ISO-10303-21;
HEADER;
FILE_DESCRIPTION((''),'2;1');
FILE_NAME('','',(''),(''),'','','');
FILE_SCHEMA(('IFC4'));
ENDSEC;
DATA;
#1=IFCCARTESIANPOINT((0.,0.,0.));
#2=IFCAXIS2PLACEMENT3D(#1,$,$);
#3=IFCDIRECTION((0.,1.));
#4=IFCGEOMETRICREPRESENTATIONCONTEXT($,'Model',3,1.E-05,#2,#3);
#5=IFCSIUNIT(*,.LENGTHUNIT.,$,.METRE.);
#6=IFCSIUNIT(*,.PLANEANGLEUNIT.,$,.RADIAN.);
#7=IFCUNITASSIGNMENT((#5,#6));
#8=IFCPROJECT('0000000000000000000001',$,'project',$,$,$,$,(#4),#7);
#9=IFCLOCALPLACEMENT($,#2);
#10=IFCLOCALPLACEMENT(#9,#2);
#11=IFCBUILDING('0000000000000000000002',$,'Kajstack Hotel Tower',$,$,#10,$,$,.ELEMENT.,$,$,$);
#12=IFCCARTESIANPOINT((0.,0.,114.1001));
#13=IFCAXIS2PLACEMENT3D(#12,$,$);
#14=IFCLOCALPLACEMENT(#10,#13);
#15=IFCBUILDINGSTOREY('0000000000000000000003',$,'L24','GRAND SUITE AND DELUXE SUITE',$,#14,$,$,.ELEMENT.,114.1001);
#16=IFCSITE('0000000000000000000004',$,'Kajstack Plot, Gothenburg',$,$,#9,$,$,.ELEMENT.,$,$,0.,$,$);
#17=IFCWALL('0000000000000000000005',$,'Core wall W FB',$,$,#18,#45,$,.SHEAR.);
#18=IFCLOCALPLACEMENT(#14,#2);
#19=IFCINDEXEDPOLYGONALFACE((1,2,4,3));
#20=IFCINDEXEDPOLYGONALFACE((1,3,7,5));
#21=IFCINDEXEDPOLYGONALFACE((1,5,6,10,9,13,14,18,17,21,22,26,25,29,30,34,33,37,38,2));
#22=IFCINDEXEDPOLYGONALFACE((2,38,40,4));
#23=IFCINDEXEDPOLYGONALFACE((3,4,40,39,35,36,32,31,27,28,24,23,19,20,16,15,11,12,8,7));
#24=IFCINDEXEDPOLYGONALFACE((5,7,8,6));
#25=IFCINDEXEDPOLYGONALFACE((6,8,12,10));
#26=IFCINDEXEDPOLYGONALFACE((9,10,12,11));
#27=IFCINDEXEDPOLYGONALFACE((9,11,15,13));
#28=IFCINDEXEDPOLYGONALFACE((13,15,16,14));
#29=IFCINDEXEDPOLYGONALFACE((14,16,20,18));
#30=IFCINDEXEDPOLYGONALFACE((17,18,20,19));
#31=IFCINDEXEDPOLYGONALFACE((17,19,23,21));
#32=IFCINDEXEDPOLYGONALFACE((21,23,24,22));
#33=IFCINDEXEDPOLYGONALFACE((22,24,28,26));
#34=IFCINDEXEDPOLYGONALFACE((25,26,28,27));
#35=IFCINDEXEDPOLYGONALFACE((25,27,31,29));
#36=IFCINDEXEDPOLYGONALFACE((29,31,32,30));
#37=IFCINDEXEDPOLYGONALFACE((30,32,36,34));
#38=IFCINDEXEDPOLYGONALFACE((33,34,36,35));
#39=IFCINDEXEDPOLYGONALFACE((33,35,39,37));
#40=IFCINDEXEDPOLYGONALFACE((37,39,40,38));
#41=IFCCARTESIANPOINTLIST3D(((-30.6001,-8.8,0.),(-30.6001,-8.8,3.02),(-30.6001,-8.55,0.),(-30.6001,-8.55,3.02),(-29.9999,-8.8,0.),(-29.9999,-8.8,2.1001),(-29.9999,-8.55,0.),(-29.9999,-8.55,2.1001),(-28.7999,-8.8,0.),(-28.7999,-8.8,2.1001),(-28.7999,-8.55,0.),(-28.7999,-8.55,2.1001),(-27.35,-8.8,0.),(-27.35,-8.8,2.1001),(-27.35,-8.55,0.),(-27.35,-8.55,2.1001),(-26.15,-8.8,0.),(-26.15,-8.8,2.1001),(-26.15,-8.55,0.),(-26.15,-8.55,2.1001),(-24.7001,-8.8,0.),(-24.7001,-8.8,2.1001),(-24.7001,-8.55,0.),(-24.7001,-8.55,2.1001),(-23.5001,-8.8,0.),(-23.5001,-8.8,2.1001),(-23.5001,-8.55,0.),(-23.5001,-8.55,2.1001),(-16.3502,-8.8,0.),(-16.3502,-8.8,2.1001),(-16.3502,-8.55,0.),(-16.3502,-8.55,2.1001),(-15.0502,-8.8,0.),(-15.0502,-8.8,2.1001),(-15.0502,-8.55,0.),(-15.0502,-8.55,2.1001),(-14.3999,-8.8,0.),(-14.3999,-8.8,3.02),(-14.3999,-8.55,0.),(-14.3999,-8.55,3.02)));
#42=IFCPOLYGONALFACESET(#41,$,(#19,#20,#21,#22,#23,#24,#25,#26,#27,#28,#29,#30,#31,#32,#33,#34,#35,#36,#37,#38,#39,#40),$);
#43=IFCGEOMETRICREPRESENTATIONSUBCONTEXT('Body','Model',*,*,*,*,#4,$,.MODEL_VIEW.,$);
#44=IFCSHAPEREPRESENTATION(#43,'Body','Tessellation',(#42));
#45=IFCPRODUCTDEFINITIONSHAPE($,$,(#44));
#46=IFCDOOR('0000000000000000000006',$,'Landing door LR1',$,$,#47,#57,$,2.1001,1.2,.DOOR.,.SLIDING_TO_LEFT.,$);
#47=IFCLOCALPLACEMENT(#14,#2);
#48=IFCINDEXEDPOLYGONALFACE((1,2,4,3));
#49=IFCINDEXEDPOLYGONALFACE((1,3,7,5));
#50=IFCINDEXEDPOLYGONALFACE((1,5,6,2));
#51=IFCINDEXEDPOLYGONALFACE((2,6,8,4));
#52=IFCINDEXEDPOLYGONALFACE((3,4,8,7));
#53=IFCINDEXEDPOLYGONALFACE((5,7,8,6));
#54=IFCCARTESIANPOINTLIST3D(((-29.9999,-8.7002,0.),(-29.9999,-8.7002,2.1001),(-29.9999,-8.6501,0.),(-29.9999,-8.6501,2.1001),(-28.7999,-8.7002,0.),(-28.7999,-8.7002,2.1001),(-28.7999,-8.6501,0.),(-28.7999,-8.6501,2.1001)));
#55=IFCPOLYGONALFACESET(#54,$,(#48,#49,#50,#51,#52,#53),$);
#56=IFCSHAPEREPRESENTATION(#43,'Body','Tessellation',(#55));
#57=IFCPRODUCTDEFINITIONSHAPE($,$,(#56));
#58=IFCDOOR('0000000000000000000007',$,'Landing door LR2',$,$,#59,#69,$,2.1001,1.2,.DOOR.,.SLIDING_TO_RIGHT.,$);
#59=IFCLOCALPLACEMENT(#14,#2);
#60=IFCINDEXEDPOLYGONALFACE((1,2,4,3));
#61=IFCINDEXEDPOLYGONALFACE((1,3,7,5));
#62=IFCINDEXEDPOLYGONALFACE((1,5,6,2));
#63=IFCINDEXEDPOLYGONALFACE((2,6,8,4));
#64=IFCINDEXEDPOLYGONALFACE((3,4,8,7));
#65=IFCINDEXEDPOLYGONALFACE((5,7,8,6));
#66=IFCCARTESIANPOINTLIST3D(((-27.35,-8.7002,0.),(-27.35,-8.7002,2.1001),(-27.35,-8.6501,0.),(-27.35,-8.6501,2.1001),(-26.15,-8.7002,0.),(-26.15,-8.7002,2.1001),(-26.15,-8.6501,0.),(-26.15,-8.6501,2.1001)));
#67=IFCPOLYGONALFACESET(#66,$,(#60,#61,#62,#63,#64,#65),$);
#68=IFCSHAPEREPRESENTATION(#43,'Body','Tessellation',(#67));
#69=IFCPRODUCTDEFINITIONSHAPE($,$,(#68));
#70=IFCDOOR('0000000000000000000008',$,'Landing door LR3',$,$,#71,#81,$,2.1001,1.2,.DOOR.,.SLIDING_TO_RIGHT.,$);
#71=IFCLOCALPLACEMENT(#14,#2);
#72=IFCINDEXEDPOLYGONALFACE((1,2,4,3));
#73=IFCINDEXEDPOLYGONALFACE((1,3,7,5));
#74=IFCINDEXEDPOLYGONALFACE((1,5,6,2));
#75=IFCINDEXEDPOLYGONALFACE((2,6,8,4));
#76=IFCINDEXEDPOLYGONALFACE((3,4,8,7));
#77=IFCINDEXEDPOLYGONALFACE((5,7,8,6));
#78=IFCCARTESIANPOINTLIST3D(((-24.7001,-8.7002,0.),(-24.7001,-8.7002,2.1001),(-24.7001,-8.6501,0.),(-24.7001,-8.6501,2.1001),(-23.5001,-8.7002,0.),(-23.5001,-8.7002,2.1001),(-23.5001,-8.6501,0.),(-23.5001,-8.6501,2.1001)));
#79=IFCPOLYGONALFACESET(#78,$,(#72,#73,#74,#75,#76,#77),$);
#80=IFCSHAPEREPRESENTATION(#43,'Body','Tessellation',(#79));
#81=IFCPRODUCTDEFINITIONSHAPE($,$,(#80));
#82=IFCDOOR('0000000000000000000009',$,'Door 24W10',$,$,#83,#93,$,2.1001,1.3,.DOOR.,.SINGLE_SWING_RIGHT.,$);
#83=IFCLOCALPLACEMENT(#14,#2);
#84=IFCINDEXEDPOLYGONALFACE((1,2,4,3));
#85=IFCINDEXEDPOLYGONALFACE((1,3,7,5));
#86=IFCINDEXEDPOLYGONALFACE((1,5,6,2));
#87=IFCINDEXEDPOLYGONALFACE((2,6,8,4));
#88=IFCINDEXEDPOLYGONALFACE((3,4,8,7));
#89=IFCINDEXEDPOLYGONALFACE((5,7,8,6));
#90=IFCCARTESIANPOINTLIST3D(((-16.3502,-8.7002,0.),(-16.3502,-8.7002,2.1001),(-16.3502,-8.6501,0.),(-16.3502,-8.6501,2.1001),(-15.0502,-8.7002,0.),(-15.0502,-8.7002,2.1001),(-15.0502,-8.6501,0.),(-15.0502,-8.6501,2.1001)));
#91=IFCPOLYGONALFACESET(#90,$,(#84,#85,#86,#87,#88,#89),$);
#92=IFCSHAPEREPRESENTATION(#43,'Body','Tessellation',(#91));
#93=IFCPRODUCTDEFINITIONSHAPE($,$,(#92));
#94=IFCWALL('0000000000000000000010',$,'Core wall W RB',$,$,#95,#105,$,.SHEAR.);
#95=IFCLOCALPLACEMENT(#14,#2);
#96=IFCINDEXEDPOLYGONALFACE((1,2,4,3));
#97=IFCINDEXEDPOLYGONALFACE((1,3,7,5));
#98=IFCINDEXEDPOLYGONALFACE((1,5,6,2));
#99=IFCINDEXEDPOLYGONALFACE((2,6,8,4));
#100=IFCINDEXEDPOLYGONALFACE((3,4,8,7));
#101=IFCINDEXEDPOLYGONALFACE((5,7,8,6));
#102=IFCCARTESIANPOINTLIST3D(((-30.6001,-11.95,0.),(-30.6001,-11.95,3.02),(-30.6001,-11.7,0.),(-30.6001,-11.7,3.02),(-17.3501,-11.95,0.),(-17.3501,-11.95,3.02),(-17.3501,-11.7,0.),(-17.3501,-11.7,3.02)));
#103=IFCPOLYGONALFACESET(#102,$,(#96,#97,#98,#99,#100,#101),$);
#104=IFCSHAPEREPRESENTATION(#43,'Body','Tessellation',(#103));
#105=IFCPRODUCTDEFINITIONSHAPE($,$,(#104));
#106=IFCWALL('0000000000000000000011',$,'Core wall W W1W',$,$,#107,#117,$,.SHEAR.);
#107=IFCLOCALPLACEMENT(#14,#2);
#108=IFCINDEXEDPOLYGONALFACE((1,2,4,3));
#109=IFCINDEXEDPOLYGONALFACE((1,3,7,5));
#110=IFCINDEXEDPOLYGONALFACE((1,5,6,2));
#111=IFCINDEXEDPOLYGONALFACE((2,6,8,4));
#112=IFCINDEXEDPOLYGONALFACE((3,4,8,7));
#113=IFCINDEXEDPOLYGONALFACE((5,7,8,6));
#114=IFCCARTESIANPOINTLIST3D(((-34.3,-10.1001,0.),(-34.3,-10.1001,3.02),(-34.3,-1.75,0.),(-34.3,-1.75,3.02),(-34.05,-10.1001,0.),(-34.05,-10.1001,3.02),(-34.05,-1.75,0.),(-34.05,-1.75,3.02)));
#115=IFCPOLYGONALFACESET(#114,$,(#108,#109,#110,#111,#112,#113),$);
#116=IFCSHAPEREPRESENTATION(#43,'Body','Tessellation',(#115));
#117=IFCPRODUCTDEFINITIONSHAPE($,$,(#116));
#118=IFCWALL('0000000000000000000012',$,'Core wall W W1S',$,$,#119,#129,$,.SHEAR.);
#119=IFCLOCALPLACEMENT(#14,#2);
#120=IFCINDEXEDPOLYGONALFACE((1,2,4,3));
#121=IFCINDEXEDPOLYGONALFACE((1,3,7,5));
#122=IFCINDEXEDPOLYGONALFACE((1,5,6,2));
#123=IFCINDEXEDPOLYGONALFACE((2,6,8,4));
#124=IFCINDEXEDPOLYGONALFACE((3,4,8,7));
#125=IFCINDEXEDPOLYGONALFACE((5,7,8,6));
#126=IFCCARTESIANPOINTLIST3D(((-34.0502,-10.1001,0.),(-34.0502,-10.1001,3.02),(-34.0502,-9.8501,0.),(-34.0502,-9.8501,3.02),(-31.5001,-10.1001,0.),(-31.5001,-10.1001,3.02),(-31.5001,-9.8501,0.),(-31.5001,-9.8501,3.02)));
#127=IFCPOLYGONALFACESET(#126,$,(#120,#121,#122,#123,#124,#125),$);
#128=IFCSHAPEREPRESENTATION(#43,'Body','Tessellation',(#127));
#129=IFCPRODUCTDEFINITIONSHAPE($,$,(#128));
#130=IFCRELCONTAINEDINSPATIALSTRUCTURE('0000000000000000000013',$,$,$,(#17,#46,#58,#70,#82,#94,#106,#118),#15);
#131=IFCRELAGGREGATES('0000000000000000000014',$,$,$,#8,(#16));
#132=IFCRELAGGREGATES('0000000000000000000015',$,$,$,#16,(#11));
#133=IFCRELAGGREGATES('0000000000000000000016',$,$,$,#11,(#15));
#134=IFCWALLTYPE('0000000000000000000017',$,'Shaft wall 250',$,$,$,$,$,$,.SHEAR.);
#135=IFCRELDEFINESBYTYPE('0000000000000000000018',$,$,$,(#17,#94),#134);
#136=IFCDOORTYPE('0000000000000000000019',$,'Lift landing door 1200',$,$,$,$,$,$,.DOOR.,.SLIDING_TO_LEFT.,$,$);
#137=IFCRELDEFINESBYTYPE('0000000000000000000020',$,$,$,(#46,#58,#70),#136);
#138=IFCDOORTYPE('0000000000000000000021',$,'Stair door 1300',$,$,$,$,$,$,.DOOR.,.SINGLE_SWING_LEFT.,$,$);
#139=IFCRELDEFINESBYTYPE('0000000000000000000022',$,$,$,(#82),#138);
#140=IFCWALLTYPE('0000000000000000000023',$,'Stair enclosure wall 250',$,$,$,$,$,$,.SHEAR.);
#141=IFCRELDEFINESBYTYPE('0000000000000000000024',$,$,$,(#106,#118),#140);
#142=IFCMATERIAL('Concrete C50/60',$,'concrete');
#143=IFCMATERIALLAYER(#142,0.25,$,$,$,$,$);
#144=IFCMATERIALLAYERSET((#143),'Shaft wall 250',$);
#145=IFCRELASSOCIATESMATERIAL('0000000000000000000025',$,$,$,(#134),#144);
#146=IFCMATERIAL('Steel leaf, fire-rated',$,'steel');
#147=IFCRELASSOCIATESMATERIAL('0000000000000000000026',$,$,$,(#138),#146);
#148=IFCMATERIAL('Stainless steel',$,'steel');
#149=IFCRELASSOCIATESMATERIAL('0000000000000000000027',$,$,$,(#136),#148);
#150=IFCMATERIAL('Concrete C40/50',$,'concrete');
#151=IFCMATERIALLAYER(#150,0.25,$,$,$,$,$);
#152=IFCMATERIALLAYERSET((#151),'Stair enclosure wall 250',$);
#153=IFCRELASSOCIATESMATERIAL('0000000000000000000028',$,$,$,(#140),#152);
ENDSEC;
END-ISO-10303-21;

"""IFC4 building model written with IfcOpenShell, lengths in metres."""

from ifc_helpers import new_model, si_unit, direction, frame, frame_2d, origin, place, context, subcontext, project, spatial, rectangle, extrude, material, layer, layer_set, type_object, element, fill, save


model = new_model("IFC4")

# Units and contexts
model_context = context("Model", 3, precision=1e-05, world=origin(), true_north=direction((0.0, 1.0)))
body_context = subcontext(model_context, "Body", "Model", "MODEL_VIEW")
ifc_project = project(units=[si_unit("LENGTHUNIT", "METRE"), si_unit("PLANEANGLEUNIT", "RADIAN")], contexts=[model_context])

# Site, building, storey
site_placement = place(None, origin())
site = spatial("IfcSite", under=ifc_project, at=site_placement, Name="Kajstack Plot, Gothenburg", CompositionType="ELEMENT", RefElevation=0.0)
building_placement = place(site_placement, origin())
building = spatial("IfcBuilding", under=site, at=building_placement, Name="Kajstack Hotel Tower", CompositionType="ELEMENT")
storey_placement = place(building_placement, frame((0.0, 0.0, 114.1001)))
storey = spatial("IfcBuildingStorey", under=building, at=storey_placement, Name="L24", Description="GRAND SUITE AND DELUXE SUITE", CompositionType="ELEMENT", Elevation=114.1001)

# Shared definitions
ifc_material_1 = material(Name="Stainless steel", Category="steel")

# Shared definitions
ifc_material_2 = material(Name="Concrete C40/50", Category="concrete")

# Wall, openings, doors
ifc_material_3 = material(Name="Concrete C50/60", Category="concrete")
ifc_layer_1 = layer(ifc_material_3, 0.25)
ifc_layer_set_1 = layer_set([ifc_layer_1], Name="Shaft wall 250")
wall_type_1 = type_object("IfcWallType", Name="Shaft wall 250", PredefinedType="SHEAR", material=ifc_layer_set_1)
ifc_material_4 = material(Name="Steel leaf, fire-rated", Category="steel")
door_type_1 = type_object("IfcDoorType", Name="Stair door 1300", OperationType="SINGLE_SWING_LEFT", PredefinedType="DOOR", material=ifc_material_4)
wall_1_placement = place(storey_placement, frame((-30.6001, -8.675, 0.0), z_axis=(0.0, 0.0, 1.0), x_axis=(1.0, 0.0, 0.0)))
wall_1 = element("IfcWall", 1, at=wall_1_placement, inside=storey, type_object=wall_type_1, Name="Core wall W FB", PredefinedType="SHEAR", context=body_context, shape_type="SweptSolid", body=[
    extrude(rectangle(XDim=16.2002, YDim=0.25, at=frame_2d((8.1001, 0.0))), origin(), (0.0, 0.0, 1.0), 3.02),
])
opening_1_placement = place(wall_1_placement, frame((0.6001, 0.0, 0.0)))
opening_1 = element("IfcOpeningElement", 2, at=opening_1_placement, cuts=wall_1, PredefinedType="OPENING", context=body_context, shape_type="SweptSolid", body=[
    extrude(rectangle(XDim=1.2, YDim=2.1001, at=frame_2d((0.6001, 1.05))), frame((0.0, 0.135, 0.0), z_axis=(0.0, -1.0, 0.0), x_axis=(1.0, 0.0, 0.0)), (0.0, 0.0, 1.0), 0.27),
])
opening_2_placement = place(wall_1_placement, frame((3.25, 0.0, 0.0)))
opening_2 = element("IfcOpeningElement", 3, at=opening_2_placement, cuts=wall_1, PredefinedType="OPENING", context=body_context, shape_type="SweptSolid", body=[
    extrude(rectangle(XDim=1.2, YDim=2.1001, at=frame_2d((0.6001, 1.05))), frame((0.0, 0.135, 0.0), z_axis=(0.0, -1.0, 0.0), x_axis=(1.0, 0.0, 0.0)), (0.0, 0.0, 1.0), 0.27),
])
opening_3_placement = place(wall_1_placement, frame((5.8999, 0.0, 0.0)))
opening_3 = element("IfcOpeningElement", 4, at=opening_3_placement, cuts=wall_1, PredefinedType="OPENING", context=body_context, shape_type="SweptSolid", body=[
    extrude(rectangle(XDim=1.2, YDim=2.1001, at=frame_2d((0.6001, 1.05))), frame((0.0, 0.135, 0.0), z_axis=(0.0, -1.0, 0.0), x_axis=(1.0, 0.0, 0.0)), (0.0, 0.0, 1.0), 0.27),
])
opening_4_placement = place(wall_1_placement, frame((14.25, 0.0, 0.0)))
opening_4 = element("IfcOpeningElement", 5, at=opening_4_placement, cuts=wall_1, PredefinedType="OPENING", context=body_context, shape_type="SweptSolid", body=[
    extrude(rectangle(XDim=1.3, YDim=2.1001, at=frame_2d((0.6499, 1.05))), frame((0.0, 0.135, 0.0), z_axis=(0.0, -1.0, 0.0), x_axis=(1.0, 0.0, 0.0)), (0.0, 0.0, 1.0), 0.27),
])
door_type_2 = type_object("IfcDoorType", Name="Lift landing door 1200", OperationType="SLIDING_TO_LEFT", PredefinedType="DOOR", material=ifc_material_1)
door_1_placement = place(opening_1_placement, origin())
door_1 = element("IfcDoor", 6, at=door_1_placement, inside=storey, type_object=door_type_2, Name="Landing door LR1", OperationType="SLIDING_TO_LEFT", OverallHeight=2.1001, OverallWidth=1.2, PredefinedType="DOOR", context=body_context, shape_type="SweptSolid", body=[
    extrude(rectangle(XDim=1.2, YDim=2.1001, at=frame_2d((0.6001, 1.05))), frame((0.0, 0.0249, 0.0), z_axis=(0.0, -1.0, 0.0), x_axis=(1.0, 0.0, 0.0)), (0.0, 0.0, 1.0), 0.05),
])
fill(opening_1, door_1)
door_2_placement = place(opening_2_placement, origin())
door_2 = element("IfcDoor", 7, at=door_2_placement, inside=storey, type_object=door_type_2, Name="Landing door LR2", OperationType="SLIDING_TO_RIGHT", OverallHeight=2.1001, OverallWidth=1.2, PredefinedType="DOOR", context=body_context, shape_type="SweptSolid", body=[
    extrude(rectangle(XDim=1.2, YDim=2.1001, at=frame_2d((0.6001, 1.05))), frame((0.0, 0.0249, 0.0), z_axis=(0.0, -1.0, 0.0), x_axis=(1.0, 0.0, 0.0)), (0.0, 0.0, 1.0), 0.05),
])
fill(opening_2, door_2)
door_3_placement = place(opening_3_placement, origin())
door_3 = element("IfcDoor", 8, at=door_3_placement, inside=storey, type_object=door_type_2, Name="Landing door LR3", OperationType="SLIDING_TO_RIGHT", OverallHeight=2.1001, OverallWidth=1.2, PredefinedType="DOOR", context=body_context, shape_type="SweptSolid", body=[
    extrude(rectangle(XDim=1.2, YDim=2.1001, at=frame_2d((0.6001, 1.05))), frame((0.0, 0.0249, 0.0), z_axis=(0.0, -1.0, 0.0), x_axis=(1.0, 0.0, 0.0)), (0.0, 0.0, 1.0), 0.05),
])
fill(opening_3, door_3)
door_4_placement = place(opening_4_placement, origin())
door_4 = element("IfcDoor", 9, at=door_4_placement, inside=storey, type_object=door_type_1, Name="Door 24W10", OperationType="SINGLE_SWING_RIGHT", OverallHeight=2.1001, OverallWidth=1.3, PredefinedType="DOOR", context=body_context, shape_type="SweptSolid", body=[
    extrude(rectangle(XDim=1.3, YDim=2.1001, at=frame_2d((0.6499, 1.05))), frame((0.0, 0.0249, 0.0), z_axis=(0.0, -1.0, 0.0), x_axis=(1.0, 0.0, 0.0)), (0.0, 0.0, 1.0), 0.05),
])
fill(opening_4, door_4)

# Walls
wall_2_placement = place(storey_placement, frame((-30.6001, -11.825, 0.0), z_axis=(0.0, 0.0, 1.0), x_axis=(1.0, 0.0, 0.0)))
element("IfcWall", 10, at=wall_2_placement, inside=storey, type_object=wall_type_1, Name="Core wall W RB", PredefinedType="SHEAR", context=body_context, shape_type="SweptSolid", body=[
    extrude(rectangle(XDim=13.25, YDim=0.25, at=frame_2d((6.625, 0.0))), origin(), (0.0, 0.0, 1.0), 3.02),
])
ifc_layer_2 = layer(ifc_material_2, 0.25)
ifc_layer_set_2 = layer_set([ifc_layer_2], Name="Stair enclosure wall 250")
wall_type_2 = type_object("IfcWallType", Name="Stair enclosure wall 250", PredefinedType="SHEAR", material=ifc_layer_set_2)
wall_3_placement = place(storey_placement, frame((-34.175, -10.1001, 0.0), z_axis=(0.0, 0.0, 1.0), x_axis=(0.0, 1.0, 0.0)))
element("IfcWall", 11, at=wall_3_placement, inside=storey, type_object=wall_type_2, Name="Core wall W W1W", PredefinedType="SHEAR", context=body_context, shape_type="SweptSolid", body=[
    extrude(rectangle(XDim=8.3501, YDim=0.25, at=frame_2d((4.175, 0.0))), origin(), (0.0, 0.0, 1.0), 3.02),
])
wall_4_placement = place(storey_placement, frame((-34.05, -9.9751, 0.0), z_axis=(0.0, 0.0, 1.0), x_axis=(1.0, 0.0, 0.0)))
element("IfcWall", 12, at=wall_4_placement, inside=storey, type_object=wall_type_2, Name="Core wall W W1S", PredefinedType="SHEAR", context=body_context, shape_type="SweptSolid", body=[
    extrude(rectangle(XDim=2.55, YDim=0.25, at=frame_2d((1.2749, 0.0))), origin(), (0.0, 0.0, 1.0), 3.02),
])

save(model, "model.ifc")
